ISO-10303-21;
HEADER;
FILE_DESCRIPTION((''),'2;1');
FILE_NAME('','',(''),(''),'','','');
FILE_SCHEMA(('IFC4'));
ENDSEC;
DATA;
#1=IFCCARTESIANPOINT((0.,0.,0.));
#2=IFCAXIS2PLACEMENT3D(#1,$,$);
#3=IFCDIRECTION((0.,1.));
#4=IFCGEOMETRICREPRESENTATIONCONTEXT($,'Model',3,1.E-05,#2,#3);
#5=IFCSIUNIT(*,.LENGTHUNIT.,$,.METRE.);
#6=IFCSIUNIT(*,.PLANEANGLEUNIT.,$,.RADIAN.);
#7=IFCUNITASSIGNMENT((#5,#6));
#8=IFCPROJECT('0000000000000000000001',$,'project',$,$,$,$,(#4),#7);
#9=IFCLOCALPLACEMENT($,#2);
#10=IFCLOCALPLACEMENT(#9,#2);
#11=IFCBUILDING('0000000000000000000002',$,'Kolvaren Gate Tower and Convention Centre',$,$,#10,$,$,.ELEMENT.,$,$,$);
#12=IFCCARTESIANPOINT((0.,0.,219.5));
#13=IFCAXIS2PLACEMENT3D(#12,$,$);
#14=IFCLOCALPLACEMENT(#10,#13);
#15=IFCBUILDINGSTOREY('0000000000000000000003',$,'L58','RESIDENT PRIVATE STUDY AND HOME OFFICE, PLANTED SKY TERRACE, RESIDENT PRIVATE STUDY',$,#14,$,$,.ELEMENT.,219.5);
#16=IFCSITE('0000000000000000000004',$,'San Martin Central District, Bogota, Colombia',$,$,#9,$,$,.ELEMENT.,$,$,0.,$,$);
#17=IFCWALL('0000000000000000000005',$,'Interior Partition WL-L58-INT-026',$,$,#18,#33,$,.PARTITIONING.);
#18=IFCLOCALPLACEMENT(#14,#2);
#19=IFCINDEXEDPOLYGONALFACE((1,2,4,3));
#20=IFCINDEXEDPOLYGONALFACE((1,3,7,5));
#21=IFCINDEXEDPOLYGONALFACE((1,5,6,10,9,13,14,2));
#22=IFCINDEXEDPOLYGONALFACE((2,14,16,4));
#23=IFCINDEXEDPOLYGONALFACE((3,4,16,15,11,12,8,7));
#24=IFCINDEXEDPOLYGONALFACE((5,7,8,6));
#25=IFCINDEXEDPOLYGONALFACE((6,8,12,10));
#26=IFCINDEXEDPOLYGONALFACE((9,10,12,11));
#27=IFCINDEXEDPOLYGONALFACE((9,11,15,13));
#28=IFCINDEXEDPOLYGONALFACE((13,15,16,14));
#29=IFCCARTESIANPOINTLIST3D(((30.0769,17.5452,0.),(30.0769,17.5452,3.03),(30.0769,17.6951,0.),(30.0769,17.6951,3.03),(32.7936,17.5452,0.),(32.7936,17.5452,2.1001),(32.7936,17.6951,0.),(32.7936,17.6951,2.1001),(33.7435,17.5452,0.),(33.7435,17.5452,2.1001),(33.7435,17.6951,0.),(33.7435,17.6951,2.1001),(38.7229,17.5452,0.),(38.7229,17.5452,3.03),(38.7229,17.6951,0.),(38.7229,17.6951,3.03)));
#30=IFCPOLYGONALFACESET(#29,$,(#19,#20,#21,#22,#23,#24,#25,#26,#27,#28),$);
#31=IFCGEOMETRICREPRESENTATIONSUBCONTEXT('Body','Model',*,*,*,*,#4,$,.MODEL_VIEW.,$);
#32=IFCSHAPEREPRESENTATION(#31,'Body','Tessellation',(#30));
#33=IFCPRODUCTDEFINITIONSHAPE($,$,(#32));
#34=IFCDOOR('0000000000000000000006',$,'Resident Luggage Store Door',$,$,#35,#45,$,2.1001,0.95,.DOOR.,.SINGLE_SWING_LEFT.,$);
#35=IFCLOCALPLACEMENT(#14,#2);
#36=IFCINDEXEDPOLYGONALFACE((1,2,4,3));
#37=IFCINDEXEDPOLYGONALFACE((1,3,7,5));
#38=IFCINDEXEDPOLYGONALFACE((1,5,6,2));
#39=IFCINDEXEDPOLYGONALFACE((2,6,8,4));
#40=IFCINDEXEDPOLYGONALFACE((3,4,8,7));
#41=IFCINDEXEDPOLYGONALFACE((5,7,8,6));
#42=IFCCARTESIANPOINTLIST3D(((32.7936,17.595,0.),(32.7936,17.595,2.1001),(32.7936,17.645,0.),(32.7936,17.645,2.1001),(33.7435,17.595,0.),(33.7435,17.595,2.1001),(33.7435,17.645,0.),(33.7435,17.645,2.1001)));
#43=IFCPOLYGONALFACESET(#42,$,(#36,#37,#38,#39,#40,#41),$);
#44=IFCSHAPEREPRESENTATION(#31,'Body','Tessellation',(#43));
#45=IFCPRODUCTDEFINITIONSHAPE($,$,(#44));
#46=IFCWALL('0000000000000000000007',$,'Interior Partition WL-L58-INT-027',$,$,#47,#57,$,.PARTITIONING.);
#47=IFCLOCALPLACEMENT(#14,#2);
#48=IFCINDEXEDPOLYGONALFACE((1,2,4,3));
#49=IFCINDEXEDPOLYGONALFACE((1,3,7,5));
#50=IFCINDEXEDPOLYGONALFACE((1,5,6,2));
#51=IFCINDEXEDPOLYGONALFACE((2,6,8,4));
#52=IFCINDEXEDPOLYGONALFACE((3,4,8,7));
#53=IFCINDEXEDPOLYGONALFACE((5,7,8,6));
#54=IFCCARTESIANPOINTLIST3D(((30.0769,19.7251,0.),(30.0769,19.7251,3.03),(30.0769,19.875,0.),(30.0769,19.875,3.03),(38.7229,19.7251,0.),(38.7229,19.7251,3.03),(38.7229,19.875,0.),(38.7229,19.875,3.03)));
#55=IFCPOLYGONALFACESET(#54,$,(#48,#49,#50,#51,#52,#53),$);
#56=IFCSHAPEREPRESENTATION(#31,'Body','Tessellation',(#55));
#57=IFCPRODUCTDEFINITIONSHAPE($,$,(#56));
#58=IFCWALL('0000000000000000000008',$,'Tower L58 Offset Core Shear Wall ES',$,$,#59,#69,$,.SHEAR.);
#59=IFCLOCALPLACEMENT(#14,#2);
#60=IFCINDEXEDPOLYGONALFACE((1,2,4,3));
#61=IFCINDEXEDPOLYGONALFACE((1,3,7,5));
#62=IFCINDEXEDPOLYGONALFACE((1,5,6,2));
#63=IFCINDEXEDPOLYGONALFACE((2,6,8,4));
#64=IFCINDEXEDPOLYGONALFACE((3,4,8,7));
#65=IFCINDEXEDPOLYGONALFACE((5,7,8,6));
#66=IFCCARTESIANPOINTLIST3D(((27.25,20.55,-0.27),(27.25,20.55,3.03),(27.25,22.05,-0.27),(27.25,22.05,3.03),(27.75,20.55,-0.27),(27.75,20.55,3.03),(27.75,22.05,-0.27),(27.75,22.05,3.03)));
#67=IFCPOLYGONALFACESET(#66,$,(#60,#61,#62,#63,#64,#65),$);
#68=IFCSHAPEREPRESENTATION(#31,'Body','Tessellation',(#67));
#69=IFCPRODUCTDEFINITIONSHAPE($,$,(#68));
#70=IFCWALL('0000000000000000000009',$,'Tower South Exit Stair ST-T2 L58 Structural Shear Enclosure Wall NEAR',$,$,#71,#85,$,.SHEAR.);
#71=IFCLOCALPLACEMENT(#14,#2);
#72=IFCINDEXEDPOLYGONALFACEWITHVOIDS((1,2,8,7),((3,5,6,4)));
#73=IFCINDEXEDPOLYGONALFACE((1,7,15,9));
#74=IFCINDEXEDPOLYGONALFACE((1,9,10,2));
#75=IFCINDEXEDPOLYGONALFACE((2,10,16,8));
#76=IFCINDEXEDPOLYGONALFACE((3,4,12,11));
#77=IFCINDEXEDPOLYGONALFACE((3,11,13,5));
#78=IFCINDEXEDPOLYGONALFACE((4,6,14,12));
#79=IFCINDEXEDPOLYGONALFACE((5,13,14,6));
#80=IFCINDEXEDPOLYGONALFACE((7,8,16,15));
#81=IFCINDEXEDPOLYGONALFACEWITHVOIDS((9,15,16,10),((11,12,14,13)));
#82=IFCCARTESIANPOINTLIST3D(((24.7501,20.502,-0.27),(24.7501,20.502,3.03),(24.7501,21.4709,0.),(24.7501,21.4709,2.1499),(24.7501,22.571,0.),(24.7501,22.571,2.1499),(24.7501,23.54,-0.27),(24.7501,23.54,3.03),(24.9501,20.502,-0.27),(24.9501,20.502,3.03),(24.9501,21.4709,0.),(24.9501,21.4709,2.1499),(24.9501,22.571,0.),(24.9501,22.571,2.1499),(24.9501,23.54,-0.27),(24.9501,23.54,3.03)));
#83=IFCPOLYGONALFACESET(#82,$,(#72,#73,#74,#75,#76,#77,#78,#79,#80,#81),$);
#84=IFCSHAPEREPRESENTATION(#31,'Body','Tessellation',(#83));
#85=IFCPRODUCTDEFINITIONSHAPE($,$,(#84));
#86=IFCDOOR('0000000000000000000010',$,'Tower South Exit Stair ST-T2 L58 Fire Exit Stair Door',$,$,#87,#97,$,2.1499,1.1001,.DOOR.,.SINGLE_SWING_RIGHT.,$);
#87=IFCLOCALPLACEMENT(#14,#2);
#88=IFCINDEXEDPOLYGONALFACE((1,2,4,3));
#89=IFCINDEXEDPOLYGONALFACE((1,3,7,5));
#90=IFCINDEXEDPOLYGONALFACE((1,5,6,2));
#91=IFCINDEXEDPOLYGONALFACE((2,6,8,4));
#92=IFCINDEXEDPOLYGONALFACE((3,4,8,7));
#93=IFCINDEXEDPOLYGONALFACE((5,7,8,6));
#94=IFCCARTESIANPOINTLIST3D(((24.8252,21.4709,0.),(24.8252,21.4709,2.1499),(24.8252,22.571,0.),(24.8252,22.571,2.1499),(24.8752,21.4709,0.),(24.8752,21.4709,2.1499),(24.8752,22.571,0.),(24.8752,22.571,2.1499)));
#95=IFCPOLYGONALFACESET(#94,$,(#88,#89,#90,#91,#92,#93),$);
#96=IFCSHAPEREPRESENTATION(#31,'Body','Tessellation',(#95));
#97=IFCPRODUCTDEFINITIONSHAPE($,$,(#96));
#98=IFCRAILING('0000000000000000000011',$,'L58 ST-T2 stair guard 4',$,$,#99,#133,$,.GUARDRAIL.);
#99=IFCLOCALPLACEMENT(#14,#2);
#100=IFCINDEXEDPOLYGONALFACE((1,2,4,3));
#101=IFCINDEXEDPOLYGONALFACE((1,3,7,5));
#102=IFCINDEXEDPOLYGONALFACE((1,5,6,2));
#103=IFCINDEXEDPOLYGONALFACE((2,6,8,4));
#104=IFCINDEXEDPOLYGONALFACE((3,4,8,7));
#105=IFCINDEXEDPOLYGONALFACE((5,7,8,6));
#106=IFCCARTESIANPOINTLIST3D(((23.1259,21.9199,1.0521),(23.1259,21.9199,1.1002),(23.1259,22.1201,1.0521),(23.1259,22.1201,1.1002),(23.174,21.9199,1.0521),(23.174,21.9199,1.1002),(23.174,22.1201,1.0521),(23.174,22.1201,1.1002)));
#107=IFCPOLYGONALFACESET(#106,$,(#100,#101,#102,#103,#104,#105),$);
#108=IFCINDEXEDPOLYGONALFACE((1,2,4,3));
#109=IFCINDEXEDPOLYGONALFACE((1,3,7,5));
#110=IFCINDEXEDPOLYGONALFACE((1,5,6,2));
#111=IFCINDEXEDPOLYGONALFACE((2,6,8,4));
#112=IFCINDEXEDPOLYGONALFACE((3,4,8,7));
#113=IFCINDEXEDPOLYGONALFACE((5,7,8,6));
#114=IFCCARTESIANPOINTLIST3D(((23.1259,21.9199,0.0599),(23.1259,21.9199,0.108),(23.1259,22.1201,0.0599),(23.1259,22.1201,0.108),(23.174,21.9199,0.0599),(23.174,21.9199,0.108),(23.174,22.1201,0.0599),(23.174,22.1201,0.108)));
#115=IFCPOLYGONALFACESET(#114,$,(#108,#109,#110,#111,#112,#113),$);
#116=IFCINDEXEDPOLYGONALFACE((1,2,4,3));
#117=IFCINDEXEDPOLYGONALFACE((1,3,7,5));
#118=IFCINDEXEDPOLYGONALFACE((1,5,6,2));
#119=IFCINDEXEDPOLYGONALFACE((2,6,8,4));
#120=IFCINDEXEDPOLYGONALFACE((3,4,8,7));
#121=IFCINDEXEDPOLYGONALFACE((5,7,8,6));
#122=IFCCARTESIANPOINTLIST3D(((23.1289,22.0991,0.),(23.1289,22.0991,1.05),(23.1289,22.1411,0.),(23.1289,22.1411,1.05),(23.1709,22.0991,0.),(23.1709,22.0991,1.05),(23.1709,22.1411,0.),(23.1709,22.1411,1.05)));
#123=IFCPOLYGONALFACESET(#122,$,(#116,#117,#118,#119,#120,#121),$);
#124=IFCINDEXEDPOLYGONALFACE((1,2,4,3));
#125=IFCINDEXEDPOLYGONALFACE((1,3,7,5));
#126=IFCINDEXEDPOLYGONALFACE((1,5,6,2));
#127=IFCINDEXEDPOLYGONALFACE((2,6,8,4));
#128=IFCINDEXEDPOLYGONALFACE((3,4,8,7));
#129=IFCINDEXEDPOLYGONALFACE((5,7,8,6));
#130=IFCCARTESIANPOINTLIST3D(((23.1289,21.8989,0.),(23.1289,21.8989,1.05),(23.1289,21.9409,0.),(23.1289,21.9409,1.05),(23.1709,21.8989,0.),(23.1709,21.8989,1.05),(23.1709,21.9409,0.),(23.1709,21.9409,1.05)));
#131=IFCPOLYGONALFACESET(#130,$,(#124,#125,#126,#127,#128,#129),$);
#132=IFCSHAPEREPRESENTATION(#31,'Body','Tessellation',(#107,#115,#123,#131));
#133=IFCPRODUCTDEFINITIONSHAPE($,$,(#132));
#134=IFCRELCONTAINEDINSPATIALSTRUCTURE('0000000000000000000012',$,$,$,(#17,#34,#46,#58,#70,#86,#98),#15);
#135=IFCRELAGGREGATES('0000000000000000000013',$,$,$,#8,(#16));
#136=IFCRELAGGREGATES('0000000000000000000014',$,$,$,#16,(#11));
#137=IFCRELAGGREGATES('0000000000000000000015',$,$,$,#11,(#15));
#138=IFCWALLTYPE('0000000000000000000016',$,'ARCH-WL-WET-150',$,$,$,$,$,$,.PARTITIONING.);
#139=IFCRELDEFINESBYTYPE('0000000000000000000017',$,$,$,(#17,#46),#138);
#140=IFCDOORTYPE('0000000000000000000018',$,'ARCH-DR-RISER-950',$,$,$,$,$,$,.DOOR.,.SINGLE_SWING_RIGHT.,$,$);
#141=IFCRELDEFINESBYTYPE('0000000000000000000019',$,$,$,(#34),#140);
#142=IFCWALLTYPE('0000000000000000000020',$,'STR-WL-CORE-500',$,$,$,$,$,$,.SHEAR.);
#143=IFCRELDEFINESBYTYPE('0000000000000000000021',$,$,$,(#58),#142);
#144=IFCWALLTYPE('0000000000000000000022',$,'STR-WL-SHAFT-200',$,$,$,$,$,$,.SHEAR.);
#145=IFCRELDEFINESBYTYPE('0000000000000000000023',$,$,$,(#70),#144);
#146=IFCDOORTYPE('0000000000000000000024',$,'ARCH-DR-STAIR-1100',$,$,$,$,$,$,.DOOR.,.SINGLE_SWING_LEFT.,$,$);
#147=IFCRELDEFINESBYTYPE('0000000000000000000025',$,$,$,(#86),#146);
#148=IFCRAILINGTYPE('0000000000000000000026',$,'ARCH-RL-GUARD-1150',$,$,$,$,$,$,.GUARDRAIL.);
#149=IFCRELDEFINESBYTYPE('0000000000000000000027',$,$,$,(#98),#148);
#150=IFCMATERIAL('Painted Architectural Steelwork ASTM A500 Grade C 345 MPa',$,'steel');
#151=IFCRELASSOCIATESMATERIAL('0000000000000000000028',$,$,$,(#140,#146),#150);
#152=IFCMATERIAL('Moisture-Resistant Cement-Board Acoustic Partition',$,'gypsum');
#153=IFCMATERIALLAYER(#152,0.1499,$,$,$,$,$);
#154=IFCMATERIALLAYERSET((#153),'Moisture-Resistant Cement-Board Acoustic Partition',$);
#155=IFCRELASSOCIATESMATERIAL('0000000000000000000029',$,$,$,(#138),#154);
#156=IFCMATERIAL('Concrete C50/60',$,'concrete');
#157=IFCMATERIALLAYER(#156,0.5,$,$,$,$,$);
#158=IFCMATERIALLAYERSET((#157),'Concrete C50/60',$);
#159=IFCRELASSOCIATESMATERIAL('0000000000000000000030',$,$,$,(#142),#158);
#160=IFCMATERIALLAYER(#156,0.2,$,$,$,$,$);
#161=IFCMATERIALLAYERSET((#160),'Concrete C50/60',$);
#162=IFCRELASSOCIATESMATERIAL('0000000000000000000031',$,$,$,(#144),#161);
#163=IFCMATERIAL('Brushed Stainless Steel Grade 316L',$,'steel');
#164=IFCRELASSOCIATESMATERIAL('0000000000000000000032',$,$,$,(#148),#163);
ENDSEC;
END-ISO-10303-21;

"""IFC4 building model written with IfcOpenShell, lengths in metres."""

from ifc_helpers import new_model, si_unit, direction, frame, frame_2d, origin, origin_2d, place, context, subcontext, project, spatial, rectangle, extrude, material, layer, layer_set, type_object, element, fill, save


model = new_model("IFC4")

# Units and contexts
model_context = context("Model", 3, precision=1e-05, world=origin(), true_north=direction((0.0, 1.0)))
body_context = subcontext(model_context, "Body", "Model", "MODEL_VIEW")
ifc_project = project(units=[si_unit("LENGTHUNIT", "METRE"), si_unit("PLANEANGLEUNIT", "RADIAN")], contexts=[model_context])

# Site, building, storey
site_placement = place(None, origin())
site = spatial("IfcSite", under=ifc_project, at=site_placement, Name="San Martin Central District, Bogota, Colombia", CompositionType="ELEMENT", RefElevation=0.0)
building_placement = place(site_placement, origin())
building = spatial("IfcBuilding", under=site, at=building_placement, Name="Kolvaren Gate Tower and Convention Centre", CompositionType="ELEMENT")
storey_placement = place(building_placement, frame((0.0, 0.0, 219.5)))
storey = spatial("IfcBuildingStorey", under=building, at=storey_placement, Name="L58", Description="RESIDENT PRIVATE STUDY AND HOME OFFICE, PLANTED SKY TERRACE, RESIDENT PRIVATE STUDY", CompositionType="ELEMENT", Elevation=219.5)

# Shared definitions
ifc_material_1 = material(Name="Painted Architectural Steelwork ASTM A500 Grade C 345 MPa", Category="steel")
door_type_1 = type_object("IfcDoorType", Name="ARCH-DR-RISER-950", OperationType="SINGLE_SWING_RIGHT", PredefinedType="DOOR", material=ifc_material_1)

# Shared definitions
ifc_material_2 = material(Name="Moisture-Resistant Cement-Board Acoustic Partition", Category="gypsum")
ifc_layer_1 = layer(ifc_material_2, 0.1499)
ifc_layer_set_1 = layer_set([ifc_layer_1], Name="Moisture-Resistant Cement-Board Acoustic Partition")
wall_type_1 = type_object("IfcWallType", Name="ARCH-WL-WET-150", PredefinedType="PARTITIONING", material=ifc_layer_set_1)

# Wall, opening, door
wall_1_placement = place(storey_placement, frame((30.0769, 17.6201, 0.0), z_axis=(0.0, 0.0, 1.0), x_axis=(1.0, 0.0, 0.0)))
wall_1 = element("IfcWall", 1, at=wall_1_placement, inside=storey, type_object=wall_type_1, Name="Interior Partition WL-L58-INT-026", PredefinedType="PARTITIONING", context=body_context, shape_type="SweptSolid", body=[
    extrude(rectangle(XDim=8.646, YDim=0.1499, at=frame_2d((4.323, 0.0))), origin(), (0.0, 0.0, 1.0), 3.03),
])
opening_1_placement = place(wall_1_placement, frame((2.7166, 0.0, 0.0)))
opening_1 = element("IfcOpeningElement", 2, at=opening_1_placement, cuts=wall_1, PredefinedType="OPENING", context=body_context, shape_type="SweptSolid", body=[
    extrude(rectangle(XDim=0.95, YDim=2.1001, at=frame_2d((0.4751, 1.05))), frame((0.0, 0.085, 0.0), z_axis=(0.0, -1.0, 0.0), x_axis=(1.0, 0.0, 0.0)), (0.0, 0.0, 1.0), 0.1699),
])
door_1_placement = place(opening_1_placement, origin())
door_1 = element("IfcDoor", 3, at=door_1_placement, inside=storey, type_object=door_type_1, Name="Resident Luggage Store Door", OperationType="SINGLE_SWING_LEFT", OverallHeight=2.1001, OverallWidth=0.95, PredefinedType="DOOR", context=body_context, shape_type="SweptSolid", body=[
    extrude(rectangle(XDim=0.95, YDim=2.1001, at=frame_2d((0.4751, 1.05))), frame((0.0, 0.0249, 0.0), z_axis=(0.0, -1.0, 0.0), x_axis=(1.0, 0.0, 0.0)), (0.0, 0.0, 1.0), 0.05),
])
fill(opening_1, door_1)

# Walls
wall_2_placement = place(storey_placement, frame((30.0769, 19.8, 0.0), z_axis=(0.0, 0.0, 1.0), x_axis=(1.0, 0.0, 0.0)))
element("IfcWall", 4, at=wall_2_placement, inside=storey, type_object=wall_type_1, Name="Interior Partition WL-L58-INT-027", PredefinedType="PARTITIONING", context=body_context, shape_type="SweptSolid", body=[
    extrude(rectangle(XDim=8.646, YDim=0.1499, at=frame_2d((4.323, 0.0))), origin(), (0.0, 0.0, 1.0), 3.03),
])
ifc_material_3 = material(Name="Concrete C50/60", Category="concrete")
ifc_layer_2 = layer(ifc_material_3, 0.5)
ifc_layer_set_2 = layer_set([ifc_layer_2], Name="Concrete C50/60")
wall_type_2 = type_object("IfcWallType", Name="STR-WL-CORE-500", PredefinedType="SHEAR", material=ifc_layer_set_2)
wall_3_placement = place(storey_placement, frame((27.5, 20.55, -0.27), z_axis=(0.0, 0.0, 1.0), x_axis=(0.0, 1.0, 0.0)))
element("IfcWall", 5, at=wall_3_placement, inside=storey, type_object=wall_type_2, Name="Tower L58 Offset Core Shear Wall ES", PredefinedType="SHEAR", context=body_context, shape_type="SweptSolid", body=[
    extrude(rectangle(XDim=1.5, YDim=0.5, at=frame_2d((0.75, 0.0))), origin(), (0.0, 0.0, 1.0), 3.3),
])

# Wall, opening, door
ifc_layer_3 = layer(ifc_material_3, 0.2)
ifc_layer_set_3 = layer_set([ifc_layer_3], Name="Concrete C50/60")
wall_type_3 = type_object("IfcWallType", Name="STR-WL-SHAFT-200", PredefinedType="SHEAR", material=ifc_layer_set_3)
wall_4_placement = place(storey_placement, frame((24.8501, 20.502, -0.27), z_axis=(0.0, 0.0, 1.0), x_axis=(0.0, 1.0, 0.0)))
wall_4 = element("IfcWall", 6, at=wall_4_placement, inside=storey, type_object=wall_type_3, Name="Tower South Exit Stair ST-T2 L58 Structural Shear Enclosure Wall NEAR", PredefinedType="SHEAR", context=body_context, shape_type="SweptSolid", body=[
    extrude(rectangle(XDim=3.0381, YDim=0.2, at=frame_2d((1.519, 0.0))), origin(), (0.0, 0.0, 1.0), 3.3),
])
opening_2_placement = place(wall_4_placement, frame((0.969, 0.0, 0.27)))
opening_2 = element("IfcOpeningElement", 7, at=opening_2_placement, cuts=wall_4, PredefinedType="OPENING", context=body_context, shape_type="SweptSolid", body=[
    extrude(rectangle(XDim=1.1001, YDim=2.1499, at=frame_2d((0.55, 1.075))), frame((0.0, 0.1099, 0.0), z_axis=(0.0, -1.0, 0.0), x_axis=(1.0, 0.0, 0.0)), (0.0, 0.0, 1.0), 0.22),
])
door_type_2 = type_object("IfcDoorType", Name="ARCH-DR-STAIR-1100", OperationType="SINGLE_SWING_LEFT", PredefinedType="DOOR", material=ifc_material_1)
door_2_placement = place(opening_2_placement, origin())
door_2 = element("IfcDoor", 8, at=door_2_placement, inside=storey, type_object=door_type_2, Name="Tower South Exit Stair ST-T2 L58 Fire Exit Stair Door", OperationType="SINGLE_SWING_RIGHT", OverallHeight=2.1499, OverallWidth=1.1001, PredefinedType="DOOR", context=body_context, shape_type="SweptSolid", body=[
    extrude(rectangle(XDim=1.1001, YDim=2.1499, at=frame_2d((0.55, 1.075))), frame((0.0, 0.0249, 0.0), z_axis=(0.0, -1.0, 0.0), x_axis=(1.0, 0.0, 0.0)), (0.0, 0.0, 1.0), 0.05),
])
fill(opening_2, door_2)

# Railing
ifc_material_4 = material(Name="Brushed Stainless Steel Grade 316L", Category="steel")
railing_type = type_object("IfcRailingType", Name="ARCH-RL-GUARD-1150", PredefinedType="GUARDRAIL", material=ifc_material_4)
railing_placement = place(storey_placement, frame((23.1499, 22.1201, 0.0)))
element("IfcRailing", 9, at=railing_placement, inside=storey, type_object=railing_type, Name="L58 ST-T2 stair guard 4", PredefinedType="GUARDRAIL", context=body_context, shape_type="SweptSolid", body=[
    extrude(rectangle(XDim=0.0481, YDim=0.0481, at=origin_2d()), frame((0.0, 0.0, 1.0762), z_axis=(0.0, -1.0, 0.0), x_axis=(1.0, 0.0, 0.0)), (0.0, 0.0, 1.0), 0.2002),
    extrude(rectangle(XDim=0.0481, YDim=0.0481, at=origin_2d()), frame((0.0, 0.0, 0.084), z_axis=(0.0, -1.0, 0.0), x_axis=(1.0, 0.0, 0.0)), (0.0, 0.0, 1.0), 0.2002),
    extrude(rectangle(XDim=0.042, YDim=0.042, at=origin_2d()), origin(), (0.0, 0.0, 1.0), 1.05),
    extrude(rectangle(XDim=0.042, YDim=0.042, at=origin_2d()), frame((0.0, -0.2002, 0.0)), (0.0, 0.0, 1.0), 1.05),
])

save(model, "model.ifc")
